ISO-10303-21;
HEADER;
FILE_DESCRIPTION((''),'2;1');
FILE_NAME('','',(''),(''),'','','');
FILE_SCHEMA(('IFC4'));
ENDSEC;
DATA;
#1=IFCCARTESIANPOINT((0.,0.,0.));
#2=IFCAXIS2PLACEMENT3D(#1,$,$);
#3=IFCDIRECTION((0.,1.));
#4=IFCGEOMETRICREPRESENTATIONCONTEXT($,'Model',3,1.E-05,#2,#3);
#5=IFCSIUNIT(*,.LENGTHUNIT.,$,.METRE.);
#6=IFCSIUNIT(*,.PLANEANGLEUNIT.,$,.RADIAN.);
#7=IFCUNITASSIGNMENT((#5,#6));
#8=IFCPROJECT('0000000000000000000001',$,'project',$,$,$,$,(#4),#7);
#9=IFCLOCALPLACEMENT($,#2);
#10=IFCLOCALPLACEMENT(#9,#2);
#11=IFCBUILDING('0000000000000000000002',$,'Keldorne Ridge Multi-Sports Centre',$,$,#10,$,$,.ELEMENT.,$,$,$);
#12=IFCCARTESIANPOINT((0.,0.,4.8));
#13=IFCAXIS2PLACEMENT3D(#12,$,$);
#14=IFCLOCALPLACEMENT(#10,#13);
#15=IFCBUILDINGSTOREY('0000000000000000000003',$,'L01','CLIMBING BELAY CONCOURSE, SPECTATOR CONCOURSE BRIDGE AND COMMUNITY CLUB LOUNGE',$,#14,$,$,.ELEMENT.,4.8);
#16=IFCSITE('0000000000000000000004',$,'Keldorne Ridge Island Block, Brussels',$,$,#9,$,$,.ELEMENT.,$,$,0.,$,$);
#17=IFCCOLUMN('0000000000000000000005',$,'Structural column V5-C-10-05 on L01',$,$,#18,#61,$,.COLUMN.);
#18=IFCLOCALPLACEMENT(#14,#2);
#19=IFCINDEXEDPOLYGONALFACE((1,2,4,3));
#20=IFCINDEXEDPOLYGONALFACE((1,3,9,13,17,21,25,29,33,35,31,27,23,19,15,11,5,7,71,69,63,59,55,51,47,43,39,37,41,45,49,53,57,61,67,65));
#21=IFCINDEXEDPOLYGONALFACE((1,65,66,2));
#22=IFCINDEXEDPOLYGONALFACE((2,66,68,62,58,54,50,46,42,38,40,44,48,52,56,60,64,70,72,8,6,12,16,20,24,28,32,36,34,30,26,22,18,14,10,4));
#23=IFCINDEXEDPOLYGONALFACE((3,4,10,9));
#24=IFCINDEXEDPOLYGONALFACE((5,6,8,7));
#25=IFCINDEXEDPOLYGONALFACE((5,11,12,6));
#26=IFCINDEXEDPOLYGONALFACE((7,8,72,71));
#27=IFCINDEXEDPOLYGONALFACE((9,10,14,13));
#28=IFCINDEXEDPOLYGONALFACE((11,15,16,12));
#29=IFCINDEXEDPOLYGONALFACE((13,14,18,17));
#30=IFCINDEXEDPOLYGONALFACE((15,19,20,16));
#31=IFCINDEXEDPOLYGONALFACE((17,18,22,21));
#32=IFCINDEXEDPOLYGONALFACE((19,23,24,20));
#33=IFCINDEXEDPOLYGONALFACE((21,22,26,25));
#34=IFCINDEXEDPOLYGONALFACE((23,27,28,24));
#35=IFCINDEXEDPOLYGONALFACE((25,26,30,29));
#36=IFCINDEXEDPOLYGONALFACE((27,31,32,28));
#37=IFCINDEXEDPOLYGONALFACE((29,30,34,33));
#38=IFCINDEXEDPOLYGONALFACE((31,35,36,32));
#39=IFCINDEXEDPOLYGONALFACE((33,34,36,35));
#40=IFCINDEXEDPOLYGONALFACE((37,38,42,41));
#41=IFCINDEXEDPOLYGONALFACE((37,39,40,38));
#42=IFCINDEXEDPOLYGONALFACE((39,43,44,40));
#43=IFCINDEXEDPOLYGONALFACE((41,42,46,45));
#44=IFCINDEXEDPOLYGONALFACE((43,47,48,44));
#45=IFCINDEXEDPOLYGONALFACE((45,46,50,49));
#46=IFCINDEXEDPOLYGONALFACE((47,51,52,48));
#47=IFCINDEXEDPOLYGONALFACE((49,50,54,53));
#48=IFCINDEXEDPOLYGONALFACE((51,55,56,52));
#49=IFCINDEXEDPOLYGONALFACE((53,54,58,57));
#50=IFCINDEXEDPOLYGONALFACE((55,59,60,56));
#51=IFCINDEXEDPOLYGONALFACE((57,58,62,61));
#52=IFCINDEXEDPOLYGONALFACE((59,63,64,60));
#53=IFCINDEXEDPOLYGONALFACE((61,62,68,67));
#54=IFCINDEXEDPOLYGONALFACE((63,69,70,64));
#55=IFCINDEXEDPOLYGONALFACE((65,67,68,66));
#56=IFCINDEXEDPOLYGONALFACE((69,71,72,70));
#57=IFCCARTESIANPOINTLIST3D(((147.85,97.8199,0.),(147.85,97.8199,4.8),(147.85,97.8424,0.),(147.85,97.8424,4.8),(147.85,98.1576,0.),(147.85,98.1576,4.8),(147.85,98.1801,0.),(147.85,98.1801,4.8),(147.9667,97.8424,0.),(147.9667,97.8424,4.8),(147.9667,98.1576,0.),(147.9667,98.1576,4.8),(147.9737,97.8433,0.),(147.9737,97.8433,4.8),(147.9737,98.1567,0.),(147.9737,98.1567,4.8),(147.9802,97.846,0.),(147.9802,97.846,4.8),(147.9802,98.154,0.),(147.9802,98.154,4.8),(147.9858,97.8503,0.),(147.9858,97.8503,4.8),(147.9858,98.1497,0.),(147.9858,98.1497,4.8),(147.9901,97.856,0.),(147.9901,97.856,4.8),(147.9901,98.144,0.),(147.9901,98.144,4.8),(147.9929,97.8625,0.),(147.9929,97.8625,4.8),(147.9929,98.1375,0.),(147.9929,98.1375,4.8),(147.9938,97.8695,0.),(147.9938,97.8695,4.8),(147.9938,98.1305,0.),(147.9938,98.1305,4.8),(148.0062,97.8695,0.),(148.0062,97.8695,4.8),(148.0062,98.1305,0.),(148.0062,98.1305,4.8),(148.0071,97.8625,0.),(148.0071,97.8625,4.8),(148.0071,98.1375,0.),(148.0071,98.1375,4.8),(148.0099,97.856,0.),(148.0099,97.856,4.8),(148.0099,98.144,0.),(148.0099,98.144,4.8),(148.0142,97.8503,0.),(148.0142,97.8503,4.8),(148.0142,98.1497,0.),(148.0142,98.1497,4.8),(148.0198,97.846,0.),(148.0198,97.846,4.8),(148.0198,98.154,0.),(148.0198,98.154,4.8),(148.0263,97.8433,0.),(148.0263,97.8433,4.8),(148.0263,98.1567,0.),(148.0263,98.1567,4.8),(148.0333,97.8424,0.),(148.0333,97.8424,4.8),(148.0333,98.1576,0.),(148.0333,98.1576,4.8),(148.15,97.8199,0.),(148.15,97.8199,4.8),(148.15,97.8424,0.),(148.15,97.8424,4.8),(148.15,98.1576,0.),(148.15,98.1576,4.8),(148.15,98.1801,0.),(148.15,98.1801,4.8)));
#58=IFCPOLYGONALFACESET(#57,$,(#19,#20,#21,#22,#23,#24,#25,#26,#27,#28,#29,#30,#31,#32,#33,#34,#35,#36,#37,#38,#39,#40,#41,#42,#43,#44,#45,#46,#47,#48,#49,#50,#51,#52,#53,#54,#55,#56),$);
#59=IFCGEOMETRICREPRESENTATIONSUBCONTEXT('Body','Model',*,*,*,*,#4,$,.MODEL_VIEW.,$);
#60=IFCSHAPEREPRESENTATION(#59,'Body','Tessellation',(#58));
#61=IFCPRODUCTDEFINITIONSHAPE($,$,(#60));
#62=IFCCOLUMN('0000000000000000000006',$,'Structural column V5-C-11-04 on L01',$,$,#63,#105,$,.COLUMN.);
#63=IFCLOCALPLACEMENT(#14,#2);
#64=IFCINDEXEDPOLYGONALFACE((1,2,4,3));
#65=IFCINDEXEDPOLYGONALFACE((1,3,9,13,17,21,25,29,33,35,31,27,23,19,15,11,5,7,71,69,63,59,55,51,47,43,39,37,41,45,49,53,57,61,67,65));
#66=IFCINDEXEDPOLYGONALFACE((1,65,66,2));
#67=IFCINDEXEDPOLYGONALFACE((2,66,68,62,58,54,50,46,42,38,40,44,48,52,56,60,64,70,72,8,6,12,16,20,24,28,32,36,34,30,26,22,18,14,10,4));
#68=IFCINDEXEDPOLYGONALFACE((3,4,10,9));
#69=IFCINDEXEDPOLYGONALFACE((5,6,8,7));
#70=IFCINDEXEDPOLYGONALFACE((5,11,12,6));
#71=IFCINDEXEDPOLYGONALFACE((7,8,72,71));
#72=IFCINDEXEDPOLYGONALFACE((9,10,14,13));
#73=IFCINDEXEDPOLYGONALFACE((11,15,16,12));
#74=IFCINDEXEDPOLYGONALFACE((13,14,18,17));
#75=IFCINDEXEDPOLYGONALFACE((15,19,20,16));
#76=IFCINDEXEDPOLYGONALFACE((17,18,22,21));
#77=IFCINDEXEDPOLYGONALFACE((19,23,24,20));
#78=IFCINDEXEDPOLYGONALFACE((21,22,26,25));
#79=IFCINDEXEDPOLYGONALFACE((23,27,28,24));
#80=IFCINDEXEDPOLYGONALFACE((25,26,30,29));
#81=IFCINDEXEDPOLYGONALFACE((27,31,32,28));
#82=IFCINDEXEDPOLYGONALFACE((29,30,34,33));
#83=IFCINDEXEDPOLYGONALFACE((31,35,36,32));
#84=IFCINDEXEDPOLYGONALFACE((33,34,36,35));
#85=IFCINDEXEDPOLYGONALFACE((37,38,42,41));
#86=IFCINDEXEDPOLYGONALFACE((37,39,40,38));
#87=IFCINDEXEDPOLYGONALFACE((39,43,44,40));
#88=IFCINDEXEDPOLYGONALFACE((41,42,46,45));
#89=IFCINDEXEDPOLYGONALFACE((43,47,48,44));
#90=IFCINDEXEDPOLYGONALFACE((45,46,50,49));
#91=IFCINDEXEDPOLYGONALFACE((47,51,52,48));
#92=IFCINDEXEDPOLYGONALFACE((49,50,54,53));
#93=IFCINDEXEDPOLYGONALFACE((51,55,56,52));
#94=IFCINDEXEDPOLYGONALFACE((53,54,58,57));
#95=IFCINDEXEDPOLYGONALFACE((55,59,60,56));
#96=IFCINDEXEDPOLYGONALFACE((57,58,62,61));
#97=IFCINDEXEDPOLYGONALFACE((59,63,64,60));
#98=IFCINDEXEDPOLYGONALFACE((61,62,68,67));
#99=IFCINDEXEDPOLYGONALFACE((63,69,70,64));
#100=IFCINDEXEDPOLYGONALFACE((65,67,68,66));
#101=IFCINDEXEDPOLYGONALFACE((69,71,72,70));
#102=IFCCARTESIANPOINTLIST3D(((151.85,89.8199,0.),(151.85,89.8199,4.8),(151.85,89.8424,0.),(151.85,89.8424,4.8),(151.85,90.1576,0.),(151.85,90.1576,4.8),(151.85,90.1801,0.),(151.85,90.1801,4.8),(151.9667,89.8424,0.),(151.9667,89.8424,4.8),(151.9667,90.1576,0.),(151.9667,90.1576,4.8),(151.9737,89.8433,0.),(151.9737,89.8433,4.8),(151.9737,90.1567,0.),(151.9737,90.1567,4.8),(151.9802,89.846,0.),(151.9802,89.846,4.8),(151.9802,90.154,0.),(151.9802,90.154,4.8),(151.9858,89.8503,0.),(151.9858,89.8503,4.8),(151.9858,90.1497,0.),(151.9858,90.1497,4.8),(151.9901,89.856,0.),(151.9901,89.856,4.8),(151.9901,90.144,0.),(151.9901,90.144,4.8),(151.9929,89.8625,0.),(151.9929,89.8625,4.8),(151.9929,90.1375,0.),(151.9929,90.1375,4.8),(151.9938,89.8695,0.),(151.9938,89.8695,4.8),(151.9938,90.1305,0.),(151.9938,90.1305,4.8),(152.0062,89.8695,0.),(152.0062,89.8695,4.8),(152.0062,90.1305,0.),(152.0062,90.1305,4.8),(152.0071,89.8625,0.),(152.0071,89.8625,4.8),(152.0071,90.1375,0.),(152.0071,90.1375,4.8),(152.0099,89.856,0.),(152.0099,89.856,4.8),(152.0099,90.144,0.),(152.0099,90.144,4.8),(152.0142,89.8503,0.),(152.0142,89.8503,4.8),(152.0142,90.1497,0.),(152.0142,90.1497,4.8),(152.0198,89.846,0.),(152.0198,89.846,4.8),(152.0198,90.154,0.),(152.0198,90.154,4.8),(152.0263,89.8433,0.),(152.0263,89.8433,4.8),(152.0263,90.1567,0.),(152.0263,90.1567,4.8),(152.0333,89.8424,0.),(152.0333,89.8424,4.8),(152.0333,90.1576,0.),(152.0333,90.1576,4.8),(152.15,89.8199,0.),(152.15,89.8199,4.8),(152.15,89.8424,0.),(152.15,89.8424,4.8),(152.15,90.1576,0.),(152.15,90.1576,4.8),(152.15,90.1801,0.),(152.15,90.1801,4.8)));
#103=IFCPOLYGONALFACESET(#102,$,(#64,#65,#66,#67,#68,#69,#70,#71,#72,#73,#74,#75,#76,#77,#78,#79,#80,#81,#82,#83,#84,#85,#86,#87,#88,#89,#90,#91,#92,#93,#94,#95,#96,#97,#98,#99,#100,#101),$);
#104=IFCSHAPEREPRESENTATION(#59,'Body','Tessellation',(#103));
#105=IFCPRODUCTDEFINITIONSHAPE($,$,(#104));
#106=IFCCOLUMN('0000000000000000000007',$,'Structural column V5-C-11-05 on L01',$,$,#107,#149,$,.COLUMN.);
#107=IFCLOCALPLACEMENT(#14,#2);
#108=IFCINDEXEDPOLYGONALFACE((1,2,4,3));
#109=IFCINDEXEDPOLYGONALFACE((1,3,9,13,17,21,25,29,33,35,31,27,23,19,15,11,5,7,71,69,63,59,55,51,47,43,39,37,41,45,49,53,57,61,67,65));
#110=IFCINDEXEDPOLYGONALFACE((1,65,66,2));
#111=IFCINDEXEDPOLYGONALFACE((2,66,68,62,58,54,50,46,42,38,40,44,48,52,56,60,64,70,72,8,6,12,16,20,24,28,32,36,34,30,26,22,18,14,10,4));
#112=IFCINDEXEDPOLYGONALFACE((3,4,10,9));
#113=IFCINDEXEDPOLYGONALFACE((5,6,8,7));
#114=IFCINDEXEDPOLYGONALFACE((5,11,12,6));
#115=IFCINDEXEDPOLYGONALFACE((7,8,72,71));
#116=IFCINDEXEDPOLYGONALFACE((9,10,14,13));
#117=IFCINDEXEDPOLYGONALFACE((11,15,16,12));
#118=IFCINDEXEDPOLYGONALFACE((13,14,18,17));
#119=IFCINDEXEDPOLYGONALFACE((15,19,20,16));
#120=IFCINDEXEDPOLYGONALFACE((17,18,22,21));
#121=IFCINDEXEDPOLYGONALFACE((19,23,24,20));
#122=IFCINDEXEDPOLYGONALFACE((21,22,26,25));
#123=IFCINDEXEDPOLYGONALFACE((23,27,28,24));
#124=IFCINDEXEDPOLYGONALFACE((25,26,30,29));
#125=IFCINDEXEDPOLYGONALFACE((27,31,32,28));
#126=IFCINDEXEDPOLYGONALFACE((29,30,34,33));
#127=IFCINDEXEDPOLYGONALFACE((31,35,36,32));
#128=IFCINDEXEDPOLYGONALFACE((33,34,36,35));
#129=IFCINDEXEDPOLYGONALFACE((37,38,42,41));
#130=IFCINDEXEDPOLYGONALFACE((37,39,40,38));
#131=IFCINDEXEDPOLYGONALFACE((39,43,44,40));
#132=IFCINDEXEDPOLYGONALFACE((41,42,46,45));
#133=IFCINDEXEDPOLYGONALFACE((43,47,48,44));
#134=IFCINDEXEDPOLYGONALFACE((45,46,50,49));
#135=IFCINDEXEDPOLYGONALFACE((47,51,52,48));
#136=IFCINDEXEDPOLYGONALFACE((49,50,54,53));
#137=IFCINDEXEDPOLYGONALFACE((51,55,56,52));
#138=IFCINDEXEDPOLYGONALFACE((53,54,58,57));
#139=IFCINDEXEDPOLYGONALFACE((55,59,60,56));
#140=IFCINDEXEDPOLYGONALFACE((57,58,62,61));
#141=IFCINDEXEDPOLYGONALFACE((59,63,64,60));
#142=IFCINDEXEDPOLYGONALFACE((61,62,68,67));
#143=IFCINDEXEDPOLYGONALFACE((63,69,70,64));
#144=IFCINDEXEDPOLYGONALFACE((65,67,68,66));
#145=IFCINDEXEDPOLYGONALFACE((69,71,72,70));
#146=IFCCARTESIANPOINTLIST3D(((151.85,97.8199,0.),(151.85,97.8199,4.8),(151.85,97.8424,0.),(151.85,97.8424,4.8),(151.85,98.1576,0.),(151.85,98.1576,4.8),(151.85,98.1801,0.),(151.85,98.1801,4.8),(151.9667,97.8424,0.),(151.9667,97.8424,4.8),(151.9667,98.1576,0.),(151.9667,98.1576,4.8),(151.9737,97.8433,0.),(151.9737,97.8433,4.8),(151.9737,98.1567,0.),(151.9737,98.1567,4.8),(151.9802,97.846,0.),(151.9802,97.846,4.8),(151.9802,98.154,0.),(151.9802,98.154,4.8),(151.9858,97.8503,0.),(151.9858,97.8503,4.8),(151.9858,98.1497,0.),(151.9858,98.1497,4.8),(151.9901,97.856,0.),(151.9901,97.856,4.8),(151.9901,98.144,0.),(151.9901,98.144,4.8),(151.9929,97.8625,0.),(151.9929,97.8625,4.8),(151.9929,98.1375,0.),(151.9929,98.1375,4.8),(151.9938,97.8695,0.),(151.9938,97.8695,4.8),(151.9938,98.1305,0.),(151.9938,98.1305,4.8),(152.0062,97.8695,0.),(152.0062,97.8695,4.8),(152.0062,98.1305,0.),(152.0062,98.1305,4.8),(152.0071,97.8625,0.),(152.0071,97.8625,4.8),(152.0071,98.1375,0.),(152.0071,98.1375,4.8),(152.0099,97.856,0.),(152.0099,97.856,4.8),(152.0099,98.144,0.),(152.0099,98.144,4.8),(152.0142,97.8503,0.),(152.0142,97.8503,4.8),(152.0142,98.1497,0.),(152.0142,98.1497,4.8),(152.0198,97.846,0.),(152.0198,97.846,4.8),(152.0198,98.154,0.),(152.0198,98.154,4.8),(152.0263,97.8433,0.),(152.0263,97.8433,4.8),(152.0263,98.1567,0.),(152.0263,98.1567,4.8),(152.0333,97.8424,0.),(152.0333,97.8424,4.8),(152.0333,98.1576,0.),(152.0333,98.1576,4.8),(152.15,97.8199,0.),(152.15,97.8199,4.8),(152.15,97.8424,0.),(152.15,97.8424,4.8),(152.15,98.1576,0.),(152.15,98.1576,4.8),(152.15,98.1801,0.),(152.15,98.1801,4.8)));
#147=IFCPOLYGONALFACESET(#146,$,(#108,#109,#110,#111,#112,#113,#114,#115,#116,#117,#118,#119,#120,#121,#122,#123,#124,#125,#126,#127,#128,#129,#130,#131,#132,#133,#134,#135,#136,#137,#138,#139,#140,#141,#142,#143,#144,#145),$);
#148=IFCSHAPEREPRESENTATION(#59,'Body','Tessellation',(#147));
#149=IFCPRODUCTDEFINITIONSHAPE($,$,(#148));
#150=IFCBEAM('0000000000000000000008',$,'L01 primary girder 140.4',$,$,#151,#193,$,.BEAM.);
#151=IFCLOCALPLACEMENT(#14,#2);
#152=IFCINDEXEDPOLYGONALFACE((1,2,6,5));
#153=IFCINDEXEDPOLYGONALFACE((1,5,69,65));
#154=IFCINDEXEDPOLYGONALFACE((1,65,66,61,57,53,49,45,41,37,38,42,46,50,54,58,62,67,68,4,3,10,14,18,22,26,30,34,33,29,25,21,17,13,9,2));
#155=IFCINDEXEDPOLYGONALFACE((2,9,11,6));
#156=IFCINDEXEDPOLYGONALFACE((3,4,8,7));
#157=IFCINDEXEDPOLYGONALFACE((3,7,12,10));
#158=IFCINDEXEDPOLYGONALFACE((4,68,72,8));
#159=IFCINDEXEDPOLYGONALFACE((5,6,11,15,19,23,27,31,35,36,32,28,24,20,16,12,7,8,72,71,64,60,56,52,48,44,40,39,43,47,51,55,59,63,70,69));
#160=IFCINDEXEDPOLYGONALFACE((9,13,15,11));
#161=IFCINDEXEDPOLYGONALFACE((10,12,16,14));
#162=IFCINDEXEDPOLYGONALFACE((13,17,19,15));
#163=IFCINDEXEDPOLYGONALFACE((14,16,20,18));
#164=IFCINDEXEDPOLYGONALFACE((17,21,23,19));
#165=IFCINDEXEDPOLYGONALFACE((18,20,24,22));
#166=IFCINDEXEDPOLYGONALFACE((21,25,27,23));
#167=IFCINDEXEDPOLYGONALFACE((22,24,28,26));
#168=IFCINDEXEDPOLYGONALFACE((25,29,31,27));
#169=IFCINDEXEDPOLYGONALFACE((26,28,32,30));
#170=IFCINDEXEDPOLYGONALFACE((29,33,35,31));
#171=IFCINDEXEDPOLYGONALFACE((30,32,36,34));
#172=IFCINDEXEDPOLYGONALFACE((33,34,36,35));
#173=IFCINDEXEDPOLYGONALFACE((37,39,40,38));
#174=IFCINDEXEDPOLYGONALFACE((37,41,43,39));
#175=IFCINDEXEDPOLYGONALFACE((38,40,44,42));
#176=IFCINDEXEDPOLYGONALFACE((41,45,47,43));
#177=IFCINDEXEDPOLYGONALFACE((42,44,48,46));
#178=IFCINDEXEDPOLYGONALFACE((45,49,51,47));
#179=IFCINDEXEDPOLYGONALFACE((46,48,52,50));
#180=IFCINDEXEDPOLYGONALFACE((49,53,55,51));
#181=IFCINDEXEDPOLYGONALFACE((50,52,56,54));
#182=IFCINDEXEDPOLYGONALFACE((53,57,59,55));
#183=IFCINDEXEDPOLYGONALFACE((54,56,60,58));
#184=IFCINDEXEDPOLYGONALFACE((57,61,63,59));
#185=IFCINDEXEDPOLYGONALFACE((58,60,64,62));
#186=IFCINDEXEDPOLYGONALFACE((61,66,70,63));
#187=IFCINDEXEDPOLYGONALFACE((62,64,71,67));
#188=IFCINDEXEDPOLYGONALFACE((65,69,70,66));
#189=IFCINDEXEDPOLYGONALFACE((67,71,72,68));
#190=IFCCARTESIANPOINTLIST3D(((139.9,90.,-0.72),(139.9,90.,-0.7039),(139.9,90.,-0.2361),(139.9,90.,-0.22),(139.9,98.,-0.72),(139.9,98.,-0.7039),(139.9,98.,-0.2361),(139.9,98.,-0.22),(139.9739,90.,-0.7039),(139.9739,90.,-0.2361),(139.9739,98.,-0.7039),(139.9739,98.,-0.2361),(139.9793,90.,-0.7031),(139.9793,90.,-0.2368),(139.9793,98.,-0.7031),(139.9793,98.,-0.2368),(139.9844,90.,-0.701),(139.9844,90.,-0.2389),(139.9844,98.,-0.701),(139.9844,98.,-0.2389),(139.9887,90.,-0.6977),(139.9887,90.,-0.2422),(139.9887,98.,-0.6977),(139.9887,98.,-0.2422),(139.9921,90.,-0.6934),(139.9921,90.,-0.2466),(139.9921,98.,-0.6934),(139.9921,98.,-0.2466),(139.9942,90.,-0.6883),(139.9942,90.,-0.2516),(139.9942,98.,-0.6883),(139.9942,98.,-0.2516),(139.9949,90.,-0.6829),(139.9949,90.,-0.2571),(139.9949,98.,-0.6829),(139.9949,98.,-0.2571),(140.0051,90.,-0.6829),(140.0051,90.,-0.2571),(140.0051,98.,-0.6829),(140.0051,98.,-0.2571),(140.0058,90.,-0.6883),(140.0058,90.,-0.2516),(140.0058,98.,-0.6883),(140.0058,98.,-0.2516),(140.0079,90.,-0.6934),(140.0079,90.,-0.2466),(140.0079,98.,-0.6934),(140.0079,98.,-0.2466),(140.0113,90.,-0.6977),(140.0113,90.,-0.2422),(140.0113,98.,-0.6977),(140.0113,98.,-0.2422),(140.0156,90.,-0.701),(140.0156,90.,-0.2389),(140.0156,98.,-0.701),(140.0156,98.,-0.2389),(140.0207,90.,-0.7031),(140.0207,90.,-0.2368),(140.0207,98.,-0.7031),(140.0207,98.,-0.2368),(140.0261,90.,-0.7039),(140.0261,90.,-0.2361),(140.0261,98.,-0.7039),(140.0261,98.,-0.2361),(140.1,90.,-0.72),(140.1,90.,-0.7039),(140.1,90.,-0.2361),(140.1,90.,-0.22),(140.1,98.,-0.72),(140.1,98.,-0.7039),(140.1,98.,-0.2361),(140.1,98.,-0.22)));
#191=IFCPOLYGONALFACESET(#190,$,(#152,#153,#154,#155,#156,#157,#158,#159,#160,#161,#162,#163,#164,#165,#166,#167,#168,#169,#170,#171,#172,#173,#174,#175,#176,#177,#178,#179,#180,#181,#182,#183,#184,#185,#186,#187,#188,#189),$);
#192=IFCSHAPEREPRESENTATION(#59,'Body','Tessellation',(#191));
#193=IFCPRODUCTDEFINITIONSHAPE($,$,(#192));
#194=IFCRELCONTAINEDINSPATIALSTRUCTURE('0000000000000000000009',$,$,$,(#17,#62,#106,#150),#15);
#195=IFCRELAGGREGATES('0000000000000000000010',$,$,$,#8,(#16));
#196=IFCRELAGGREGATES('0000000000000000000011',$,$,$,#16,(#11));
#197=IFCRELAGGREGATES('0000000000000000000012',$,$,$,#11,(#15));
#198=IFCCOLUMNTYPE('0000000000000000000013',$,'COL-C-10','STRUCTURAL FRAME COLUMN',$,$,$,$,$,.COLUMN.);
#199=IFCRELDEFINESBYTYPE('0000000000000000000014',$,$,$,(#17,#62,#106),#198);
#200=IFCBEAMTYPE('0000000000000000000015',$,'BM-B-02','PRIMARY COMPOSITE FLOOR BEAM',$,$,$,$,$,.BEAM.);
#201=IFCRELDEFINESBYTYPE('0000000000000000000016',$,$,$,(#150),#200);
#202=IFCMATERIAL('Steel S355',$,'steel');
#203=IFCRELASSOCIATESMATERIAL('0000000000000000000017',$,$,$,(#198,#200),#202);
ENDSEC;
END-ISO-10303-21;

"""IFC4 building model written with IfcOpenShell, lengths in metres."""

from ifc_helpers import new_model, si_unit, direction, frame, origin, origin_2d, place, context, subcontext, project, spatial, i_section, extrude, material, material_profile, profile_set, type_object, element, save


model = new_model("IFC4")

# Units and contexts
model_context = context("Model", 3, precision=1e-05, world=origin(), true_north=direction((0.0, 1.0)))
body_context = subcontext(model_context, "Body", "Model", "MODEL_VIEW")
ifc_project = project(units=[si_unit("LENGTHUNIT", "METRE"), si_unit("PLANEANGLEUNIT", "RADIAN")], contexts=[model_context])

# Site, building, storey
site_placement = place(None, origin())
site = spatial("IfcSite", under=ifc_project, at=site_placement, Name="Keldorne Ridge Island Block, Brussels", CompositionType="ELEMENT", RefElevation=0.0)
building_placement = place(site_placement, origin())
building = spatial("IfcBuilding", under=site, at=building_placement, Name="Keldorne Ridge Multi-Sports Centre", CompositionType="ELEMENT")
storey_placement = place(building_placement, frame((0.0, 0.0, 4.8)))
storey = spatial("IfcBuildingStorey", under=building, at=storey_placement, Name="L01", Description="CLIMBING BELAY CONCOURSE, SPECTATOR CONCOURSE BRIDGE AND COMMUNITY CLUB LOUNGE", CompositionType="ELEMENT", Elevation=4.8)

# Columns
ifc_material_1 = material(Name="Steel S355", Category="steel")
ifc_material_profile_1 = material_profile(ifc_material_1, i_section(OverallWidth=0.3, OverallDepth=0.3601, WebThickness=0.0125, FlangeThickness=0.0225, FilletRadius=0.0271, at=origin_2d()), Name="HEB 360")
ifc_profile_set_1 = profile_set([ifc_material_profile_1], Name="Steel S355")
column_type = type_object("IfcColumnType", Name="COL-C-10", Description="STRUCTURAL FRAME COLUMN", PredefinedType="COLUMN", material=ifc_profile_set_1)
for number, where, z_axis, x_axis, name in (
    (1, (148.0, 98.0, 0.0), (0.0, 0.0, 1.0), (1.0, 0.0, 0.0), "Structural column V5-C-10-05 on L01"),
    (2, (152.0, 90.0, 0.0), (0.0, 0.0, 1.0), (1.0, 0.0, 0.0), "Structural column V5-C-11-04 on L01"),
    (3, (152.0, 98.0, 0.0), (0.0, 0.0, 1.0), (1.0, 0.0, 0.0), "Structural column V5-C-11-05 on L01"),
):
    element("IfcColumn", number, at=place(storey_placement, frame(where, z_axis=z_axis, x_axis=x_axis)), inside=storey, type_object=column_type, Name=name, PredefinedType="COLUMN", context=body_context, shape_type="SweptSolid", body=[
        extrude(i_section(OverallWidth=0.3, OverallDepth=0.3601, WebThickness=0.0125, FlangeThickness=0.0225, FilletRadius=0.0271, at=origin_2d()), origin(), (0.0, 0.0, 1.0), 4.8),
    ])

# Beam
ifc_material_profile_2 = material_profile(ifc_material_1, i_section(OverallWidth=0.2, OverallDepth=0.5, WebThickness=0.0103, FlangeThickness=0.0161, FilletRadius=0.021, at=origin_2d()), Name="IPE 500")
ifc_profile_set_2 = profile_set([ifc_material_profile_2], Name="Steel S355")
beam_type_1 = type_object("IfcBeamType", Name="BM-B-02", Description="PRIMARY COMPOSITE FLOOR BEAM", PredefinedType="BEAM", material=ifc_profile_set_2)
for number, where, z_axis, x_axis, name in (
    (4, (140.0, 90.0, -0.47), (0.0, 1.0, 0.0), (-1.0, 0.0, 0.0), "L01 primary girder 140.4"),
):
    element("IfcBeam", number, at=place(storey_placement, frame(where, z_axis=z_axis, x_axis=x_axis)), inside=storey, type_object=beam_type_1, Name=name, PredefinedType="BEAM", context=body_context, shape_type="SweptSolid", body=[
        extrude(i_section(OverallWidth=0.2, OverallDepth=0.5, WebThickness=0.0103, FlangeThickness=0.0161, FilletRadius=0.021, at=origin_2d()), origin(), (0.0, 0.0, 1.0), 8.0),
    ])

save(model, "model.ifc")
